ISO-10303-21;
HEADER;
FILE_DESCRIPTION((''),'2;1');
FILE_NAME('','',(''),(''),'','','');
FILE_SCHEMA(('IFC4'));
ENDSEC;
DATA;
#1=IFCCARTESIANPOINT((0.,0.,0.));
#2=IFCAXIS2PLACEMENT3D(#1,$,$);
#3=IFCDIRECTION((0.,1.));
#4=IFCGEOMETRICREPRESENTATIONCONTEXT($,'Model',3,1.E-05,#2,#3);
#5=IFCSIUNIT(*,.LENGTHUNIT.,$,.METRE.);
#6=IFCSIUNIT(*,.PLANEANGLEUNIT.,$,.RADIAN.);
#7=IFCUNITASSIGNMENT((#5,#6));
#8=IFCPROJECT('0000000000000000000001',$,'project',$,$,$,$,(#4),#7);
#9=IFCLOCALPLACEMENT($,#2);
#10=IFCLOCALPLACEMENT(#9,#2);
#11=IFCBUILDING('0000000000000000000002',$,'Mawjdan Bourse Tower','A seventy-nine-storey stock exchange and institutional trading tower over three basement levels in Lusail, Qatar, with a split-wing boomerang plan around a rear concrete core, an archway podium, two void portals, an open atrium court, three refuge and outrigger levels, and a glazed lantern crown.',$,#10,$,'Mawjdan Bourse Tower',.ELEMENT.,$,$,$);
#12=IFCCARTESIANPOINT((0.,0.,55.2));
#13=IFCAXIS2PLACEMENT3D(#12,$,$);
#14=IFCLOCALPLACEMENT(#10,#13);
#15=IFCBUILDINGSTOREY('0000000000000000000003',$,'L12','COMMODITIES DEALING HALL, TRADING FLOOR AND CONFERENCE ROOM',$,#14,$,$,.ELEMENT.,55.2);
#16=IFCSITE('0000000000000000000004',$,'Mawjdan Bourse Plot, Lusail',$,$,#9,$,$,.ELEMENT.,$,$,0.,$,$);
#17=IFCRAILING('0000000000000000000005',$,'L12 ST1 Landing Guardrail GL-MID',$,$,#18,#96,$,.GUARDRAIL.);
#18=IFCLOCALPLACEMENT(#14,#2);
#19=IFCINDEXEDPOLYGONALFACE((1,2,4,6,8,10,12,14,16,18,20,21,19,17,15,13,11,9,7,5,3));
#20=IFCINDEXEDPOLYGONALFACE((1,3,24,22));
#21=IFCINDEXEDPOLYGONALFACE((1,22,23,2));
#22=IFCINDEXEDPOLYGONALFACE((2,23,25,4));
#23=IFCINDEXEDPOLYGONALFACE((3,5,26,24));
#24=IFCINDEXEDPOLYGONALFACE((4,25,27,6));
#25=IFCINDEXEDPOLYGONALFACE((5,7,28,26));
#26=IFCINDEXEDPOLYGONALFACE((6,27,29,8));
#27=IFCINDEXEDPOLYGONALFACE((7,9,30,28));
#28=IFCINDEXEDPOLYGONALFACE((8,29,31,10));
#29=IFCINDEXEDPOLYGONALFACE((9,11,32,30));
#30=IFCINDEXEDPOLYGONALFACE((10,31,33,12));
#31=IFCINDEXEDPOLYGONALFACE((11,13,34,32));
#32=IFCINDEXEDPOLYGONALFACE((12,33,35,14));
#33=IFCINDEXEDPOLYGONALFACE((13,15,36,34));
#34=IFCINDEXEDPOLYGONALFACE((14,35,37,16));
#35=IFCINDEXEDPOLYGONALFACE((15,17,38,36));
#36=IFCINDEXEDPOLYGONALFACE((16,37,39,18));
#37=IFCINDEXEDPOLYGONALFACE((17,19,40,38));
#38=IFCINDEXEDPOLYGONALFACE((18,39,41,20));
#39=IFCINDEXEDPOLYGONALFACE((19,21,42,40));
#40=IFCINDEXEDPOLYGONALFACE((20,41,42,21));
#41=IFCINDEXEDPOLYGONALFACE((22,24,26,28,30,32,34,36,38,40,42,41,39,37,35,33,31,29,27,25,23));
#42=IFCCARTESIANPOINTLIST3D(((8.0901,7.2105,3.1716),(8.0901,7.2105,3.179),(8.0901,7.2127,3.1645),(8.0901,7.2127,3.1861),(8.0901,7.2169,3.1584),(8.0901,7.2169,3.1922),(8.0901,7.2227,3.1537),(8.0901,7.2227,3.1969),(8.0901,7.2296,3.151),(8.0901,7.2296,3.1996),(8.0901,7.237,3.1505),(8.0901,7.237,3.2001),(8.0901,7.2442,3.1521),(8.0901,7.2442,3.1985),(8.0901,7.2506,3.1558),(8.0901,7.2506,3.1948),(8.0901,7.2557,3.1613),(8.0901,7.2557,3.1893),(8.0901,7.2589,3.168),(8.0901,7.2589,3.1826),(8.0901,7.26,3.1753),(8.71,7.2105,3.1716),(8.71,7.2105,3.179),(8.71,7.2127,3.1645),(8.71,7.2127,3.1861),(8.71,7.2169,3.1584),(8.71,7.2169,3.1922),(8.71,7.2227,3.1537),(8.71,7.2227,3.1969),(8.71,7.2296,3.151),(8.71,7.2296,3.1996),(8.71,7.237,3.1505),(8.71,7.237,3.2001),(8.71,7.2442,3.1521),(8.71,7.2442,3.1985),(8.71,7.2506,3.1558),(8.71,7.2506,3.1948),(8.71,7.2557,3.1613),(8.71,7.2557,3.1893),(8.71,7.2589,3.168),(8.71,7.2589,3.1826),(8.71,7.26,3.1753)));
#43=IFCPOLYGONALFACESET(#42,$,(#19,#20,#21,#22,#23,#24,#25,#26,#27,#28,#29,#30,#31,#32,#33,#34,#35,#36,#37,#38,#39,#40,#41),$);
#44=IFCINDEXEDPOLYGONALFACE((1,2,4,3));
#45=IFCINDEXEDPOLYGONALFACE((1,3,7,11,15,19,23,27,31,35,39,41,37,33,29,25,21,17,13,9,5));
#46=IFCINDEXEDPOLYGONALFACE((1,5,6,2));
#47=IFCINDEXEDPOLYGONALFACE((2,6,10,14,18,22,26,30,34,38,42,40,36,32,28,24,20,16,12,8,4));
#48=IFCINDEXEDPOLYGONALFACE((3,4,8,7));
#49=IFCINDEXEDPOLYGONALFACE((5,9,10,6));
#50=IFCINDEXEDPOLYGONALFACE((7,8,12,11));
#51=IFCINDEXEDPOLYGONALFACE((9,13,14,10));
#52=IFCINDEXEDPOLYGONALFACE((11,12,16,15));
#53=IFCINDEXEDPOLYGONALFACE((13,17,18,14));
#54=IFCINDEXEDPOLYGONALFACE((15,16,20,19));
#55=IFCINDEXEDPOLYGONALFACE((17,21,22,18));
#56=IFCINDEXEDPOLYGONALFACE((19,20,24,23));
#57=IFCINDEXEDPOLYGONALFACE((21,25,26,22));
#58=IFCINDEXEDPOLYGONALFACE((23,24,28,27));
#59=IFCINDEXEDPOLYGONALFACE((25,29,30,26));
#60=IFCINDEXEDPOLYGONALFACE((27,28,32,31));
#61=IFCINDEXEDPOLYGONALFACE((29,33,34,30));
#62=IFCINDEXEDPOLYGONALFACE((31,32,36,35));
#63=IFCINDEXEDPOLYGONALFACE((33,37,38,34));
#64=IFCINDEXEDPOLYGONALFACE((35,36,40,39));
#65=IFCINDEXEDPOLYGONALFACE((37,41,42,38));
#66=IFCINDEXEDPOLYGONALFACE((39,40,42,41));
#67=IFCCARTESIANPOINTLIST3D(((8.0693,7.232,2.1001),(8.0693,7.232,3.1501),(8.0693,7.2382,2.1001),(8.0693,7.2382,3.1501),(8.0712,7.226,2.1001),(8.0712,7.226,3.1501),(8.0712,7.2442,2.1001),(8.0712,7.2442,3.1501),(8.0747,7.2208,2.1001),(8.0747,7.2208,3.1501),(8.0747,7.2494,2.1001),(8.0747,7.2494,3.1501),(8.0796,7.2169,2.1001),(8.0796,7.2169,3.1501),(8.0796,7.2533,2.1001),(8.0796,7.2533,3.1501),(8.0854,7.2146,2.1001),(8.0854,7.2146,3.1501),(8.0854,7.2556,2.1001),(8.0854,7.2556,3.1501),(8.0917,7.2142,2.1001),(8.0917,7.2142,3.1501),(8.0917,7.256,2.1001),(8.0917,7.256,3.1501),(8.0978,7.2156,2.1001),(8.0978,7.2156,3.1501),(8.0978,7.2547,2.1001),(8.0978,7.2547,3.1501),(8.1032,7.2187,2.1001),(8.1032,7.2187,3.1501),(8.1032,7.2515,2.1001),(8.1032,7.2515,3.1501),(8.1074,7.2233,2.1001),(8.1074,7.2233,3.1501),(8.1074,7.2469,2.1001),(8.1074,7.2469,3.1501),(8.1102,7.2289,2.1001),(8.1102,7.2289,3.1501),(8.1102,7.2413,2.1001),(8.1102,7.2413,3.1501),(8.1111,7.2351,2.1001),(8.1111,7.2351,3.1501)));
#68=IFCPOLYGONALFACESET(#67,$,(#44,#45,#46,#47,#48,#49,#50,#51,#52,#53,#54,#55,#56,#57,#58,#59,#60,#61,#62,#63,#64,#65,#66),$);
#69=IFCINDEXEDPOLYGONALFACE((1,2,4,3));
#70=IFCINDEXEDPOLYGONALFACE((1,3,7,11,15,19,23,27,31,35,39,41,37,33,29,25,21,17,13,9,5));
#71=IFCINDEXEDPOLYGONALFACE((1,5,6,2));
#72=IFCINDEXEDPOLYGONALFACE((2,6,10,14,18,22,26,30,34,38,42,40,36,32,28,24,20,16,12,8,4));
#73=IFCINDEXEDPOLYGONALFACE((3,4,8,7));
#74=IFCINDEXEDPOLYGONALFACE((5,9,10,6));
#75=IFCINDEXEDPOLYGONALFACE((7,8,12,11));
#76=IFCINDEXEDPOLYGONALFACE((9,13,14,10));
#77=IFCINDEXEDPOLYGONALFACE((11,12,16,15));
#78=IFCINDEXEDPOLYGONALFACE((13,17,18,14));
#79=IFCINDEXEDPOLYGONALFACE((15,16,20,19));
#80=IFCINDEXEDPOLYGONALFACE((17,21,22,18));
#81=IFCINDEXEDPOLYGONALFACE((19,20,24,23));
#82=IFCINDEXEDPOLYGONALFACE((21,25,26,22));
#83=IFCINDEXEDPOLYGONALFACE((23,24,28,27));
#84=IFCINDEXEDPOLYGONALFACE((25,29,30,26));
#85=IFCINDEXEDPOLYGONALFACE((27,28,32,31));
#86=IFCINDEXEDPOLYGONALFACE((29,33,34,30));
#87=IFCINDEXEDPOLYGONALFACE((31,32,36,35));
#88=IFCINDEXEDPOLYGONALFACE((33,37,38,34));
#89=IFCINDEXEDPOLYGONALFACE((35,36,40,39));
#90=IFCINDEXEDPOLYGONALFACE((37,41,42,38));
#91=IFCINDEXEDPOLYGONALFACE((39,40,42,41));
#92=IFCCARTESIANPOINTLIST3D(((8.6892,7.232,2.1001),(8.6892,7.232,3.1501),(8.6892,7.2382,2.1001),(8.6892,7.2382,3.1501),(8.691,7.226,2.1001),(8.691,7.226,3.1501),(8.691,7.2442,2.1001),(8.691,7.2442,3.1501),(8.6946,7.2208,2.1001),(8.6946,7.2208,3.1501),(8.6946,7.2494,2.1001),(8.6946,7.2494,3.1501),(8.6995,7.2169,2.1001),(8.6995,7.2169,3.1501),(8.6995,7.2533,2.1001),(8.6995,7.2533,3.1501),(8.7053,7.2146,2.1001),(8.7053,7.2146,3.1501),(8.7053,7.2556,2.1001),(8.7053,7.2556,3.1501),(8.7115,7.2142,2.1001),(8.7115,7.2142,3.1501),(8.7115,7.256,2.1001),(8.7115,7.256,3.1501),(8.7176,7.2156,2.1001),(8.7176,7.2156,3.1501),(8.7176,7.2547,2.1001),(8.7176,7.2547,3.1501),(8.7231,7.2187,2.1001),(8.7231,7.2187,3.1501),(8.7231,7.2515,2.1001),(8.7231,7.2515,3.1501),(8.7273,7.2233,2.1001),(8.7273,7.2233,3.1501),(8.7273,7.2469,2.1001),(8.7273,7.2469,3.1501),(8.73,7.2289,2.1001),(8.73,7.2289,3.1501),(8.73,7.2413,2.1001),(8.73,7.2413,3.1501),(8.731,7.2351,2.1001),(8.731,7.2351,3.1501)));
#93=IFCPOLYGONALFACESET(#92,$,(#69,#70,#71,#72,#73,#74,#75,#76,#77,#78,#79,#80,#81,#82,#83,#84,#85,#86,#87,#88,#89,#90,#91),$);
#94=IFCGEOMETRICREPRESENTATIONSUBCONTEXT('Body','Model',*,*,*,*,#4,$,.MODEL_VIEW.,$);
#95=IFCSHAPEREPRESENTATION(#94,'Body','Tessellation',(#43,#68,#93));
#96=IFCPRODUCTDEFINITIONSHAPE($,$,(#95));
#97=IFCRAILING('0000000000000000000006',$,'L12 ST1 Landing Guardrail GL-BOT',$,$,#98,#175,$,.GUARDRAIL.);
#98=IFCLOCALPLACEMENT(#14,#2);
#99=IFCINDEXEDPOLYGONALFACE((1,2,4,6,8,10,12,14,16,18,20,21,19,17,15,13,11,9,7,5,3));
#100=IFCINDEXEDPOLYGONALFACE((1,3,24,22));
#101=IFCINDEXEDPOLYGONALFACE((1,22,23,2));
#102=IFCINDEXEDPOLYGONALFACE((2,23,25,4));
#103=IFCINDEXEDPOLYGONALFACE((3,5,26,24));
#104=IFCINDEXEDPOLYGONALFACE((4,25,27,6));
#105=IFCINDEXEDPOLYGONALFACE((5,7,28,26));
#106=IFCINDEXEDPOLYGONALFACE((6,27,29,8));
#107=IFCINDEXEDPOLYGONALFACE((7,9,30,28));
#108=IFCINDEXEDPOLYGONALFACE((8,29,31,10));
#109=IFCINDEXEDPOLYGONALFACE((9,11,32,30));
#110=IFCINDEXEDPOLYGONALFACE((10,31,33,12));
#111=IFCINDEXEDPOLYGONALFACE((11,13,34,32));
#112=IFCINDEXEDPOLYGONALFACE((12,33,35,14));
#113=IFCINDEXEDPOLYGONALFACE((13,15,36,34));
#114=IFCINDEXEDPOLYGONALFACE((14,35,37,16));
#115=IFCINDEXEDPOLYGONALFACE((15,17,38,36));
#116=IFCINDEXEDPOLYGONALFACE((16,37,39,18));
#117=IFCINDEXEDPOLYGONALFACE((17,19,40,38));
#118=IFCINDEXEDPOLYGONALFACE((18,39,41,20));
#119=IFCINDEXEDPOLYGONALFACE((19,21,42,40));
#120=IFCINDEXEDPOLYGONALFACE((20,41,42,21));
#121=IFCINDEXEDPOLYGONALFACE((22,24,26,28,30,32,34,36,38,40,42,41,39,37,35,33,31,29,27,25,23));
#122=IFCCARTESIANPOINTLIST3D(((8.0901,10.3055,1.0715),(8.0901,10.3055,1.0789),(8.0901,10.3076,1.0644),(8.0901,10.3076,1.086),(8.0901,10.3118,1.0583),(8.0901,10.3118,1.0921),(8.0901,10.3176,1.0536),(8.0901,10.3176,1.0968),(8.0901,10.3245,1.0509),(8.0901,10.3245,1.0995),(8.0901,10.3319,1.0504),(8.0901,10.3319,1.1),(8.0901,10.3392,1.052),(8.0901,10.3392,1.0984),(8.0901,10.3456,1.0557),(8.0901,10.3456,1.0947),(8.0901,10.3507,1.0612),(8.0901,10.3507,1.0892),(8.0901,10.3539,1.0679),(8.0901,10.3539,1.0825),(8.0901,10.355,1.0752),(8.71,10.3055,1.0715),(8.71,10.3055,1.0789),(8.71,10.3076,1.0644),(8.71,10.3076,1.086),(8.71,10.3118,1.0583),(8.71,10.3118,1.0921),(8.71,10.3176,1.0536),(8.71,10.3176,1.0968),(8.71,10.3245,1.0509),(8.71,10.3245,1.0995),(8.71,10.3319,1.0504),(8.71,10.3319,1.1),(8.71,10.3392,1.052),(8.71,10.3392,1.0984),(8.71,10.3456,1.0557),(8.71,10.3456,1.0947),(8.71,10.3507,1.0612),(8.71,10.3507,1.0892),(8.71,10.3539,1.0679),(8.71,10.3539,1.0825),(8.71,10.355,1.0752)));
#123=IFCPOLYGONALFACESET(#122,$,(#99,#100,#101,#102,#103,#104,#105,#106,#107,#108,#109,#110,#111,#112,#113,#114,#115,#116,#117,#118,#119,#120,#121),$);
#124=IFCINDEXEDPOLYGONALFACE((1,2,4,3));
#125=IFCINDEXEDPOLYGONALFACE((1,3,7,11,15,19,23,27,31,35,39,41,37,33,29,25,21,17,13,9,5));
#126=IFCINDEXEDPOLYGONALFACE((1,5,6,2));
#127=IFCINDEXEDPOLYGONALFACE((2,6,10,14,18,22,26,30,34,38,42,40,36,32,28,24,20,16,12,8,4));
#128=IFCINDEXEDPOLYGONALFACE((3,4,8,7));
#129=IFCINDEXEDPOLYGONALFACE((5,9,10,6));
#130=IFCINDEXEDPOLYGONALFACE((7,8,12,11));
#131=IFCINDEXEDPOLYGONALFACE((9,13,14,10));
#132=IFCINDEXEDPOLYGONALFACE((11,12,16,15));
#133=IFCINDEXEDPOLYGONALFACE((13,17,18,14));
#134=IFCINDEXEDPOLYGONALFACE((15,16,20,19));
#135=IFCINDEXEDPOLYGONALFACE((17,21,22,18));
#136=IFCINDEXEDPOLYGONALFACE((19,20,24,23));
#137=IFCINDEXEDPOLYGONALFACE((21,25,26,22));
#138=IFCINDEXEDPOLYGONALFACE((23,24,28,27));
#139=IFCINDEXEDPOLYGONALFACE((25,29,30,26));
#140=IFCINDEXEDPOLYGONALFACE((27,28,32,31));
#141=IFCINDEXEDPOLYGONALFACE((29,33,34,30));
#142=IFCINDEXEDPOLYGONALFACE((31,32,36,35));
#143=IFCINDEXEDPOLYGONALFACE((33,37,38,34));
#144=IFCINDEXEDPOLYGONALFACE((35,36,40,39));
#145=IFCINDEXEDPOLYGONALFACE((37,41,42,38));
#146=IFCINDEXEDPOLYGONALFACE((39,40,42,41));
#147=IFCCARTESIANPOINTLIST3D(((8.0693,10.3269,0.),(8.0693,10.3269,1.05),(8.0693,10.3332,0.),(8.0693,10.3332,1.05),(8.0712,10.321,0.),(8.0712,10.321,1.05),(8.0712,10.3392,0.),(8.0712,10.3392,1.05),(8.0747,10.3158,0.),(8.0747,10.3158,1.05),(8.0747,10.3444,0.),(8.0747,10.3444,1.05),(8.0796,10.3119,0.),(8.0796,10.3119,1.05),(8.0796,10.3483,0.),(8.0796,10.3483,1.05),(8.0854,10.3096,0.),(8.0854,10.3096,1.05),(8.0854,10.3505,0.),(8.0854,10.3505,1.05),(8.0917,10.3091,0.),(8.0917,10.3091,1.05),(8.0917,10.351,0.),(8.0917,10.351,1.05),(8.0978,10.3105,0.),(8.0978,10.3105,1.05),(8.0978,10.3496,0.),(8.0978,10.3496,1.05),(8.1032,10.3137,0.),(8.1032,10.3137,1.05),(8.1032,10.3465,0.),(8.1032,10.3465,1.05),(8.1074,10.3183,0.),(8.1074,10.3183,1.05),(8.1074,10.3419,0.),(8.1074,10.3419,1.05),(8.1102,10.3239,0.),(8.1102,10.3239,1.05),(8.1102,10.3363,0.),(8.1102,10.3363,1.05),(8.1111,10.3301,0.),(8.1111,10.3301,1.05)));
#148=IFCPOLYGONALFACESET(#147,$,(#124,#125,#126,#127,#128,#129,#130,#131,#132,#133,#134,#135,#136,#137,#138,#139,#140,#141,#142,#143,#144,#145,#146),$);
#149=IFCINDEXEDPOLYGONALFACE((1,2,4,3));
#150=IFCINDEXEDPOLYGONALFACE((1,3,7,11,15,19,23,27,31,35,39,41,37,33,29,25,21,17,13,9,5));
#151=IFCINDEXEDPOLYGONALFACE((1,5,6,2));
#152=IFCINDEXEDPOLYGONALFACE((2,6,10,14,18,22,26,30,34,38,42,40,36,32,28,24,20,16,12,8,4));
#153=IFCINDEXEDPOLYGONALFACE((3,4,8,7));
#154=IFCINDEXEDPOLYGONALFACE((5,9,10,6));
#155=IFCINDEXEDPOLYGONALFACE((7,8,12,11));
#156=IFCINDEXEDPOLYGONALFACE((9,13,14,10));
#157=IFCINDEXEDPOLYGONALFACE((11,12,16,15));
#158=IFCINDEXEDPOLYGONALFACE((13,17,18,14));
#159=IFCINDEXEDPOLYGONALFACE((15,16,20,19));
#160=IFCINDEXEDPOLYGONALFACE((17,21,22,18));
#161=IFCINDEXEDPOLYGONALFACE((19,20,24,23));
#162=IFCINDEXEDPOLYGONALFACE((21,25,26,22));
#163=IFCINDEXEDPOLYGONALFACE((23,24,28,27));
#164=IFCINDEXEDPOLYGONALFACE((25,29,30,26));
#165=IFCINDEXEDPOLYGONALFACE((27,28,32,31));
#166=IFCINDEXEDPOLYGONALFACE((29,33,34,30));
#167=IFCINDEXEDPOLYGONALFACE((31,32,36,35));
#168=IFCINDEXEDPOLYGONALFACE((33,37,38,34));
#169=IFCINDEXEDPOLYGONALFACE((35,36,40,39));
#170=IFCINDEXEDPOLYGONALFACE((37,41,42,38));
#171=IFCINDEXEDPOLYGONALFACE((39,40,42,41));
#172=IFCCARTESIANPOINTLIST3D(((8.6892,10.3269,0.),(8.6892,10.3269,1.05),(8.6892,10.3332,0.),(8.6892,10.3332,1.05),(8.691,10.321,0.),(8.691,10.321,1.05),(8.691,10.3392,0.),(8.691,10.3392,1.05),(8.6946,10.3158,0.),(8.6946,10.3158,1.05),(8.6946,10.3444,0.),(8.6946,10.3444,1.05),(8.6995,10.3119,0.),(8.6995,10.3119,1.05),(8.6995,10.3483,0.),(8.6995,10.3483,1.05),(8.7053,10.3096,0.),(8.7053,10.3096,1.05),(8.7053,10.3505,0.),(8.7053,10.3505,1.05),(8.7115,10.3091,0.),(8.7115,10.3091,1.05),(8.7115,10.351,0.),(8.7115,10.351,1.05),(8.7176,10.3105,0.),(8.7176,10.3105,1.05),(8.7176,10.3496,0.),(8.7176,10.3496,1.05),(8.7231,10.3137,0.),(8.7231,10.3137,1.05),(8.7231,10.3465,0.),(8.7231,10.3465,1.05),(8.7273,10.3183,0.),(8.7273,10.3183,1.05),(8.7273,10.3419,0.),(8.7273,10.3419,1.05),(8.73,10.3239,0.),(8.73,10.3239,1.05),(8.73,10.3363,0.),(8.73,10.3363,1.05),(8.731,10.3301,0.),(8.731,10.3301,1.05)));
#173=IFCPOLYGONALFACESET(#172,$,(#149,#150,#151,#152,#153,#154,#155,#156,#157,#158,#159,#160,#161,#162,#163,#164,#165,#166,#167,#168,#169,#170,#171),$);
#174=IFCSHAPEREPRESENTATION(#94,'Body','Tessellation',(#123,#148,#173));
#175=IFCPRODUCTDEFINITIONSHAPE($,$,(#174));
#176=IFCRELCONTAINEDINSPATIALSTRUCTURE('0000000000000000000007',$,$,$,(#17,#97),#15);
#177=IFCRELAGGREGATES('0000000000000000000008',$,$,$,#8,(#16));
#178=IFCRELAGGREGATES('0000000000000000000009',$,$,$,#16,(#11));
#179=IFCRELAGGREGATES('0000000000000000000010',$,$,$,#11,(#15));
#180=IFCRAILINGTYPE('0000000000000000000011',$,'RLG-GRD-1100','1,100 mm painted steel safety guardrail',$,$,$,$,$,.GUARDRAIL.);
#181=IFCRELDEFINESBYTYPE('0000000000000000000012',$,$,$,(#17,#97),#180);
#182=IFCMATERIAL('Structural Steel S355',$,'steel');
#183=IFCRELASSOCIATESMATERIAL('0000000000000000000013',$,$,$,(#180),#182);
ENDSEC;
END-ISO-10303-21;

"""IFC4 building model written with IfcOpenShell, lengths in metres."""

from ifc_helpers import new_model, si_unit, direction, frame, origin, origin_2d, place, context, subcontext, project, spatial, circle, extrude, material, type_object, element, save


model = new_model("IFC4")

# Units and contexts
model_context = context("Model", 3, precision=1e-05, world=origin(), true_north=direction((0.0, 1.0)))
body_context = subcontext(model_context, "Body", "Model", "MODEL_VIEW")
ifc_project = project(units=[si_unit("LENGTHUNIT", "METRE"), si_unit("PLANEANGLEUNIT", "RADIAN")], contexts=[model_context])

# Site, building, storey
site_placement = place(None, origin())
site = spatial("IfcSite", under=ifc_project, at=site_placement, Name="Mawjdan Bourse Plot, Lusail", CompositionType="ELEMENT", RefElevation=0.0)
building_placement = place(site_placement, origin())
building = spatial("IfcBuilding", under=site, at=building_placement, Name="Mawjdan Bourse Tower", Description="A seventy-nine-storey stock exchange and institutional trading tower over three basement levels in Lusail, Qatar, with a split-wing boomerang plan around a rear concrete core, an archway podium, two void portals, an open atrium court, three refuge and outrigger levels, and a glazed lantern crown.", LongName="Mawjdan Bourse Tower", CompositionType="ELEMENT")
storey_placement = place(building_placement, frame((0.0, 0.0, 55.2)))
storey = spatial("IfcBuildingStorey", under=building, at=storey_placement, Name="L12", Description="COMMODITIES DEALING HALL, TRADING FLOOR AND CONFERENCE ROOM", CompositionType="ELEMENT", Elevation=55.2)

# Railings
ifc_material_1 = material(Name="Structural Steel S355", Category="steel")
railing_type_1 = type_object("IfcRailingType", Name="RLG-GRD-1100", Description="1,100 mm painted steel safety guardrail", PredefinedType="GUARDRAIL", material=ifc_material_1)
for number, where, name in (
    (1, (8.0901, 7.2351, 2.1001), "L12 ST1 Landing Guardrail GL-MID"),
    (2, (8.0901, 10.3301, 0.0), "L12 ST1 Landing Guardrail GL-BOT"),
):
    element("IfcRailing", number, at=place(storey_placement, frame(where)), inside=storey, type_object=railing_type_1, Name=name, PredefinedType="GUARDRAIL", context=body_context, shape_type="SweptSolid", body=[
        extrude(circle(Radius=0.0249, at=origin_2d()), frame((0.0, 0.0, 1.0752), z_axis=(1.0, 0.0, 0.0), x_axis=(0.0, 1.0, 0.0)), (0.0, 0.0, 1.0), 0.6199),
        extrude(circle(Radius=0.021, at=origin_2d()), origin(), (0.0, 0.0, 1.0), 1.05),
        extrude(circle(Radius=0.021, at=origin_2d()), frame((0.6199, 0.0, 0.0)), (0.0, 0.0, 1.0), 1.05),
    ])

save(model, "model.ifc")
